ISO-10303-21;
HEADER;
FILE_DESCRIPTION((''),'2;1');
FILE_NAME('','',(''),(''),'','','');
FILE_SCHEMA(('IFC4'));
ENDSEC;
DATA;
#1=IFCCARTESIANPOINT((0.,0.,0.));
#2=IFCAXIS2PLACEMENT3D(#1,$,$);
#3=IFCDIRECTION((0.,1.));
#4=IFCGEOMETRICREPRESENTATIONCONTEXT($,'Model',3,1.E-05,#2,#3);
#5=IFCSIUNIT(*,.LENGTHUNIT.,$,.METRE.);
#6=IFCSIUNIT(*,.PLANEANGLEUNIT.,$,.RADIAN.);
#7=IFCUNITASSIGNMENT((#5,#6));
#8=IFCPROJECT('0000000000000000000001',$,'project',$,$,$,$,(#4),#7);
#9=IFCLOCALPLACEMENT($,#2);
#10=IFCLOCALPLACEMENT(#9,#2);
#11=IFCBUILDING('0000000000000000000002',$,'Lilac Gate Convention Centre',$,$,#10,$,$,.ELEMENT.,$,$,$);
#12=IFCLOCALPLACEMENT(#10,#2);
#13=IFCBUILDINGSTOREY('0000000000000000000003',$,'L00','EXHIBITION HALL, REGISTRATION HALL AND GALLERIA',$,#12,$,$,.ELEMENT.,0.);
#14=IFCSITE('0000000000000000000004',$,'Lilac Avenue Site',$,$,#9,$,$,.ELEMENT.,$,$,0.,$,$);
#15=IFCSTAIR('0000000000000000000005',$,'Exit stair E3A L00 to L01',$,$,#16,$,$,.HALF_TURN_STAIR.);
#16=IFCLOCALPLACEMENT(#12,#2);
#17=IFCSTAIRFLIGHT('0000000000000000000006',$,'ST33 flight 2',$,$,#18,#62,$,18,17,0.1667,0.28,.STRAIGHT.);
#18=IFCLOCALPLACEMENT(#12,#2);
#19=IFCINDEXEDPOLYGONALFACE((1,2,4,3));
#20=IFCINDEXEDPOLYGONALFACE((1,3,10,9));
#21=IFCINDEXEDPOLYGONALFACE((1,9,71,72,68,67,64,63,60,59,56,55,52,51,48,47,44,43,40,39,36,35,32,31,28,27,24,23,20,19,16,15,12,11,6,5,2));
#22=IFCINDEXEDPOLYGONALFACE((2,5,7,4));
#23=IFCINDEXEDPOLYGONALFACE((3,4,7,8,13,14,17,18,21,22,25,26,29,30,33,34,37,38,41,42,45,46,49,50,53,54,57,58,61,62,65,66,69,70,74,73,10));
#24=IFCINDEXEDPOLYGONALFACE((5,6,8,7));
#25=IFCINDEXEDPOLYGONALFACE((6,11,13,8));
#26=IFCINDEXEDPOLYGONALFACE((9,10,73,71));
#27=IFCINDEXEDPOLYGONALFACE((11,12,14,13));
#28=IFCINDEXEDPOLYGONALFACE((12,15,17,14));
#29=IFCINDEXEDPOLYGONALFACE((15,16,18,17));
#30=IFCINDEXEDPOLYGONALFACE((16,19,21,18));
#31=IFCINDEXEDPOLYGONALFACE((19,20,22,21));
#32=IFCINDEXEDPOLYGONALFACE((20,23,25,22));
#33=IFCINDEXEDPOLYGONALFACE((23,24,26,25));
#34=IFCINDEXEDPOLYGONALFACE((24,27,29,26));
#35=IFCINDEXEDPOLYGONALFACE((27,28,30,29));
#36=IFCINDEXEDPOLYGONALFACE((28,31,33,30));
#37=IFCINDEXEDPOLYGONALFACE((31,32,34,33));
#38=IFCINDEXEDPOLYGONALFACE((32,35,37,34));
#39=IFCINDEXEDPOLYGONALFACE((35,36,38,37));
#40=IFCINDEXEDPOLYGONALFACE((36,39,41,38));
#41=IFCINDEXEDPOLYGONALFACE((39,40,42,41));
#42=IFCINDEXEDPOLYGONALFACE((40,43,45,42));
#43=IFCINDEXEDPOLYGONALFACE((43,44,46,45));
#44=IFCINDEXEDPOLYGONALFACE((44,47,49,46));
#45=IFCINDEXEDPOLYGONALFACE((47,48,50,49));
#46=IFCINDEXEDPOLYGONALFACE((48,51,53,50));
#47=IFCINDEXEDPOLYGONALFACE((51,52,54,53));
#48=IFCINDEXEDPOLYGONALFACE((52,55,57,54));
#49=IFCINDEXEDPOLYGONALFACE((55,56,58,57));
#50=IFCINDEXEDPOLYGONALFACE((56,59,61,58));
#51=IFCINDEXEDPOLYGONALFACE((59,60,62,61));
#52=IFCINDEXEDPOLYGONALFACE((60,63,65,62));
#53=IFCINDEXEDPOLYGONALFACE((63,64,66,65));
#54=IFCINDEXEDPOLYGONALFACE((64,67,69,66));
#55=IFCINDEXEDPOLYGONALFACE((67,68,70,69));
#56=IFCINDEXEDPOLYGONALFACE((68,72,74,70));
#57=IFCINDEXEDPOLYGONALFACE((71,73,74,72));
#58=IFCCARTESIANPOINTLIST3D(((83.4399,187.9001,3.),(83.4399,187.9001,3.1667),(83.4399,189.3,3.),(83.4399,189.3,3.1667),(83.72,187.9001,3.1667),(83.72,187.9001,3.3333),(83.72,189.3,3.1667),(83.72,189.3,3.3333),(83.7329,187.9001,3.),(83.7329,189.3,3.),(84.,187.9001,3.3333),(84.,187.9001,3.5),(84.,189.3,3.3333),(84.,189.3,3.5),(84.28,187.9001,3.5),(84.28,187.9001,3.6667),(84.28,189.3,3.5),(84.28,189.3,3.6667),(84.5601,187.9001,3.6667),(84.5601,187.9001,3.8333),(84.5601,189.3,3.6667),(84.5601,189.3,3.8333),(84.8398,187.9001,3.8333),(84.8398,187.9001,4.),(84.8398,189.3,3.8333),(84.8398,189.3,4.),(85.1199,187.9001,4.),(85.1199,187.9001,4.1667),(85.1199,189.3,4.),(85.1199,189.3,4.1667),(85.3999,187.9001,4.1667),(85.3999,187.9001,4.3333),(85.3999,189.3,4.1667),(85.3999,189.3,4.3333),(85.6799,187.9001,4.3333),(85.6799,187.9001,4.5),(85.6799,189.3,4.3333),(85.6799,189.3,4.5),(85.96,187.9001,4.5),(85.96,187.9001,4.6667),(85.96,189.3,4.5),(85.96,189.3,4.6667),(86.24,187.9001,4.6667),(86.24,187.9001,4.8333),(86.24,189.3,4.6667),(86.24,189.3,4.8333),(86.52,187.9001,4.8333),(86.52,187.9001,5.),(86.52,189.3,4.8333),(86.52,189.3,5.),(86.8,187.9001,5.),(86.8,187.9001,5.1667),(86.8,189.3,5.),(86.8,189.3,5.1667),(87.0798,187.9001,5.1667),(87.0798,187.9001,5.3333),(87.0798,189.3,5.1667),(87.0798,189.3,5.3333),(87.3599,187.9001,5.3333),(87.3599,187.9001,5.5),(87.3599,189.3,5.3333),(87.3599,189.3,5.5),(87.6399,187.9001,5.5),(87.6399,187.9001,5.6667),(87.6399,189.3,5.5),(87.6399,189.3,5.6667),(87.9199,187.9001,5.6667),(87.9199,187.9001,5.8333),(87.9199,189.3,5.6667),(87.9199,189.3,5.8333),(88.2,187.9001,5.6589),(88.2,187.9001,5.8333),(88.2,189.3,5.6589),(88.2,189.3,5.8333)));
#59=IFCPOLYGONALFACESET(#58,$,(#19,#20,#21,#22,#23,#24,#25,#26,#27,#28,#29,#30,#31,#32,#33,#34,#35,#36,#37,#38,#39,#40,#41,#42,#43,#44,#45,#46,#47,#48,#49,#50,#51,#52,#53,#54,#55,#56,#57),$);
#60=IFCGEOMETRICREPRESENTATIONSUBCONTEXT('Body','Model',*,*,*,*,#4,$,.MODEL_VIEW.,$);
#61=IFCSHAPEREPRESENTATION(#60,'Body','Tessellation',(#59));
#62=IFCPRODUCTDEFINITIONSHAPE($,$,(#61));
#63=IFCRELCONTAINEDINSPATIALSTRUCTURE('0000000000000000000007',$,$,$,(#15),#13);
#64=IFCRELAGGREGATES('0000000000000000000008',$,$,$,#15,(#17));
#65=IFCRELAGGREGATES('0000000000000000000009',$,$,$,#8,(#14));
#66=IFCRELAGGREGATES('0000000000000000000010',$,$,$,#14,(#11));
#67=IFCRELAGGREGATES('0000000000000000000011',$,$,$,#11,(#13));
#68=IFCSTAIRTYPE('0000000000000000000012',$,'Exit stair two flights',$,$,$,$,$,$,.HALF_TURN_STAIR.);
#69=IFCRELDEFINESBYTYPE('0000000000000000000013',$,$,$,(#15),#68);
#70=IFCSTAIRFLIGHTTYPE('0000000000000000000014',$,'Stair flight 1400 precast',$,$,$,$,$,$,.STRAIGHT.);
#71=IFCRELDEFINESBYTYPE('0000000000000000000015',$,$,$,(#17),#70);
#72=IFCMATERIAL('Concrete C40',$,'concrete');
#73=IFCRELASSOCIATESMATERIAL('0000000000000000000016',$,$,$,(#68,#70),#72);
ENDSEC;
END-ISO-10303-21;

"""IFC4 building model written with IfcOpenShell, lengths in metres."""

from ifc_helpers import new_model, si_unit, direction, frame, origin, place, context, subcontext, project, spatial, polyline, outline, extrude, material, type_object, element, aggregate, save


model = new_model("IFC4")

# Units and contexts
model_context = context("Model", 3, precision=1e-05, world=origin(), true_north=direction((0.0, 1.0)))
body_context = subcontext(model_context, "Body", "Model", "MODEL_VIEW")
ifc_project = project(units=[si_unit("LENGTHUNIT", "METRE"), si_unit("PLANEANGLEUNIT", "RADIAN")], contexts=[model_context])

# Site, building, storey
site_placement = place(None, origin())
site = spatial("IfcSite", under=ifc_project, at=site_placement, Name="Lilac Avenue Site", CompositionType="ELEMENT", RefElevation=0.0)
building_placement = place(site_placement, origin())
building = spatial("IfcBuilding", under=site, at=building_placement, Name="Lilac Gate Convention Centre", CompositionType="ELEMENT")
storey_placement = place(building_placement, origin())
storey = spatial("IfcBuildingStorey", under=building, at=storey_placement, Name="L00", Description="EXHIBITION HALL, REGISTRATION HALL AND GALLERIA", CompositionType="ELEMENT", Elevation=0.0)

# Shared definitions
ifc_material_1 = material(Name="Concrete C40", Category="concrete")

# Stair, stair flight
stair_type = type_object("IfcStairType", Name="Exit stair two flights", PredefinedType="HALF_TURN_STAIR", material=ifc_material_1)
stair_placement = place(storey_placement, origin())
stair = element("IfcStair", 1, at=stair_placement, inside=storey, type_object=stair_type, Name="Exit stair E3A L00 to L01", PredefinedType="HALF_TURN_STAIR")
stair_flight_type = type_object("IfcStairFlightType", Name="Stair flight 1400 precast", PredefinedType="STRAIGHT", material=ifc_material_1)
stair_flight_1_placement = place(storey_placement, frame((83.4399, 188.6001, 3.0), z_axis=(0.0, 0.0, 1.0), x_axis=(1.0, 0.0, 0.0)))
stair_flight_1 = element("IfcStairFlight", 2, at=stair_flight_1_placement, type_object=stair_flight_type, Name="ST33 flight 2", NumberOfRisers=18, NumberOfTreads=17, PredefinedType="STRAIGHT", RiserHeight=0.1667, TreadLength=0.28, context=body_context, shape_type="SweptSolid", body=[
    extrude(outline(polyline([(0.0, 0.0), (0.0, 0.1667), (0.28, 0.1667), (0.28, 0.3333), (0.5601, 0.3333), (0.5601, 0.5), (0.8401, 0.5), (0.8401, 0.6667), (1.1201, 0.6667), (1.1201, 0.8333), (1.3999, 0.8333), (1.3999, 1.0), (1.6799, 1.0), (1.6799, 1.1667), (1.96, 1.1667), (1.96, 1.3333), (2.24, 1.3333), (2.24, 1.5), (2.52, 1.5), (2.52, 1.6667), (2.8, 1.6667), (2.8, 1.8333), (3.0801, 1.8333), (3.0801, 2.0), (3.3601, 2.0), (3.3601, 2.1667), (3.6399, 2.1667), (3.6399, 2.3333), (3.9199, 2.3333), (3.9199, 2.5), (4.2, 2.5), (4.2, 2.6667), (4.48, 2.6667), (4.48, 2.8333), (4.76, 2.8333), (4.76, 3.0), (4.76, 2.6589), (0.293, 0.0), (0.0, 0.0)])), frame((0.0, 0.7, 0.0), z_axis=(0.0, -1.0, 0.0), x_axis=(1.0, 0.0, 0.0)), (0.0, 0.0, 1.0), 1.3999),
])
aggregate(stair, [stair_flight_1])

save(model, "model.ifc")
